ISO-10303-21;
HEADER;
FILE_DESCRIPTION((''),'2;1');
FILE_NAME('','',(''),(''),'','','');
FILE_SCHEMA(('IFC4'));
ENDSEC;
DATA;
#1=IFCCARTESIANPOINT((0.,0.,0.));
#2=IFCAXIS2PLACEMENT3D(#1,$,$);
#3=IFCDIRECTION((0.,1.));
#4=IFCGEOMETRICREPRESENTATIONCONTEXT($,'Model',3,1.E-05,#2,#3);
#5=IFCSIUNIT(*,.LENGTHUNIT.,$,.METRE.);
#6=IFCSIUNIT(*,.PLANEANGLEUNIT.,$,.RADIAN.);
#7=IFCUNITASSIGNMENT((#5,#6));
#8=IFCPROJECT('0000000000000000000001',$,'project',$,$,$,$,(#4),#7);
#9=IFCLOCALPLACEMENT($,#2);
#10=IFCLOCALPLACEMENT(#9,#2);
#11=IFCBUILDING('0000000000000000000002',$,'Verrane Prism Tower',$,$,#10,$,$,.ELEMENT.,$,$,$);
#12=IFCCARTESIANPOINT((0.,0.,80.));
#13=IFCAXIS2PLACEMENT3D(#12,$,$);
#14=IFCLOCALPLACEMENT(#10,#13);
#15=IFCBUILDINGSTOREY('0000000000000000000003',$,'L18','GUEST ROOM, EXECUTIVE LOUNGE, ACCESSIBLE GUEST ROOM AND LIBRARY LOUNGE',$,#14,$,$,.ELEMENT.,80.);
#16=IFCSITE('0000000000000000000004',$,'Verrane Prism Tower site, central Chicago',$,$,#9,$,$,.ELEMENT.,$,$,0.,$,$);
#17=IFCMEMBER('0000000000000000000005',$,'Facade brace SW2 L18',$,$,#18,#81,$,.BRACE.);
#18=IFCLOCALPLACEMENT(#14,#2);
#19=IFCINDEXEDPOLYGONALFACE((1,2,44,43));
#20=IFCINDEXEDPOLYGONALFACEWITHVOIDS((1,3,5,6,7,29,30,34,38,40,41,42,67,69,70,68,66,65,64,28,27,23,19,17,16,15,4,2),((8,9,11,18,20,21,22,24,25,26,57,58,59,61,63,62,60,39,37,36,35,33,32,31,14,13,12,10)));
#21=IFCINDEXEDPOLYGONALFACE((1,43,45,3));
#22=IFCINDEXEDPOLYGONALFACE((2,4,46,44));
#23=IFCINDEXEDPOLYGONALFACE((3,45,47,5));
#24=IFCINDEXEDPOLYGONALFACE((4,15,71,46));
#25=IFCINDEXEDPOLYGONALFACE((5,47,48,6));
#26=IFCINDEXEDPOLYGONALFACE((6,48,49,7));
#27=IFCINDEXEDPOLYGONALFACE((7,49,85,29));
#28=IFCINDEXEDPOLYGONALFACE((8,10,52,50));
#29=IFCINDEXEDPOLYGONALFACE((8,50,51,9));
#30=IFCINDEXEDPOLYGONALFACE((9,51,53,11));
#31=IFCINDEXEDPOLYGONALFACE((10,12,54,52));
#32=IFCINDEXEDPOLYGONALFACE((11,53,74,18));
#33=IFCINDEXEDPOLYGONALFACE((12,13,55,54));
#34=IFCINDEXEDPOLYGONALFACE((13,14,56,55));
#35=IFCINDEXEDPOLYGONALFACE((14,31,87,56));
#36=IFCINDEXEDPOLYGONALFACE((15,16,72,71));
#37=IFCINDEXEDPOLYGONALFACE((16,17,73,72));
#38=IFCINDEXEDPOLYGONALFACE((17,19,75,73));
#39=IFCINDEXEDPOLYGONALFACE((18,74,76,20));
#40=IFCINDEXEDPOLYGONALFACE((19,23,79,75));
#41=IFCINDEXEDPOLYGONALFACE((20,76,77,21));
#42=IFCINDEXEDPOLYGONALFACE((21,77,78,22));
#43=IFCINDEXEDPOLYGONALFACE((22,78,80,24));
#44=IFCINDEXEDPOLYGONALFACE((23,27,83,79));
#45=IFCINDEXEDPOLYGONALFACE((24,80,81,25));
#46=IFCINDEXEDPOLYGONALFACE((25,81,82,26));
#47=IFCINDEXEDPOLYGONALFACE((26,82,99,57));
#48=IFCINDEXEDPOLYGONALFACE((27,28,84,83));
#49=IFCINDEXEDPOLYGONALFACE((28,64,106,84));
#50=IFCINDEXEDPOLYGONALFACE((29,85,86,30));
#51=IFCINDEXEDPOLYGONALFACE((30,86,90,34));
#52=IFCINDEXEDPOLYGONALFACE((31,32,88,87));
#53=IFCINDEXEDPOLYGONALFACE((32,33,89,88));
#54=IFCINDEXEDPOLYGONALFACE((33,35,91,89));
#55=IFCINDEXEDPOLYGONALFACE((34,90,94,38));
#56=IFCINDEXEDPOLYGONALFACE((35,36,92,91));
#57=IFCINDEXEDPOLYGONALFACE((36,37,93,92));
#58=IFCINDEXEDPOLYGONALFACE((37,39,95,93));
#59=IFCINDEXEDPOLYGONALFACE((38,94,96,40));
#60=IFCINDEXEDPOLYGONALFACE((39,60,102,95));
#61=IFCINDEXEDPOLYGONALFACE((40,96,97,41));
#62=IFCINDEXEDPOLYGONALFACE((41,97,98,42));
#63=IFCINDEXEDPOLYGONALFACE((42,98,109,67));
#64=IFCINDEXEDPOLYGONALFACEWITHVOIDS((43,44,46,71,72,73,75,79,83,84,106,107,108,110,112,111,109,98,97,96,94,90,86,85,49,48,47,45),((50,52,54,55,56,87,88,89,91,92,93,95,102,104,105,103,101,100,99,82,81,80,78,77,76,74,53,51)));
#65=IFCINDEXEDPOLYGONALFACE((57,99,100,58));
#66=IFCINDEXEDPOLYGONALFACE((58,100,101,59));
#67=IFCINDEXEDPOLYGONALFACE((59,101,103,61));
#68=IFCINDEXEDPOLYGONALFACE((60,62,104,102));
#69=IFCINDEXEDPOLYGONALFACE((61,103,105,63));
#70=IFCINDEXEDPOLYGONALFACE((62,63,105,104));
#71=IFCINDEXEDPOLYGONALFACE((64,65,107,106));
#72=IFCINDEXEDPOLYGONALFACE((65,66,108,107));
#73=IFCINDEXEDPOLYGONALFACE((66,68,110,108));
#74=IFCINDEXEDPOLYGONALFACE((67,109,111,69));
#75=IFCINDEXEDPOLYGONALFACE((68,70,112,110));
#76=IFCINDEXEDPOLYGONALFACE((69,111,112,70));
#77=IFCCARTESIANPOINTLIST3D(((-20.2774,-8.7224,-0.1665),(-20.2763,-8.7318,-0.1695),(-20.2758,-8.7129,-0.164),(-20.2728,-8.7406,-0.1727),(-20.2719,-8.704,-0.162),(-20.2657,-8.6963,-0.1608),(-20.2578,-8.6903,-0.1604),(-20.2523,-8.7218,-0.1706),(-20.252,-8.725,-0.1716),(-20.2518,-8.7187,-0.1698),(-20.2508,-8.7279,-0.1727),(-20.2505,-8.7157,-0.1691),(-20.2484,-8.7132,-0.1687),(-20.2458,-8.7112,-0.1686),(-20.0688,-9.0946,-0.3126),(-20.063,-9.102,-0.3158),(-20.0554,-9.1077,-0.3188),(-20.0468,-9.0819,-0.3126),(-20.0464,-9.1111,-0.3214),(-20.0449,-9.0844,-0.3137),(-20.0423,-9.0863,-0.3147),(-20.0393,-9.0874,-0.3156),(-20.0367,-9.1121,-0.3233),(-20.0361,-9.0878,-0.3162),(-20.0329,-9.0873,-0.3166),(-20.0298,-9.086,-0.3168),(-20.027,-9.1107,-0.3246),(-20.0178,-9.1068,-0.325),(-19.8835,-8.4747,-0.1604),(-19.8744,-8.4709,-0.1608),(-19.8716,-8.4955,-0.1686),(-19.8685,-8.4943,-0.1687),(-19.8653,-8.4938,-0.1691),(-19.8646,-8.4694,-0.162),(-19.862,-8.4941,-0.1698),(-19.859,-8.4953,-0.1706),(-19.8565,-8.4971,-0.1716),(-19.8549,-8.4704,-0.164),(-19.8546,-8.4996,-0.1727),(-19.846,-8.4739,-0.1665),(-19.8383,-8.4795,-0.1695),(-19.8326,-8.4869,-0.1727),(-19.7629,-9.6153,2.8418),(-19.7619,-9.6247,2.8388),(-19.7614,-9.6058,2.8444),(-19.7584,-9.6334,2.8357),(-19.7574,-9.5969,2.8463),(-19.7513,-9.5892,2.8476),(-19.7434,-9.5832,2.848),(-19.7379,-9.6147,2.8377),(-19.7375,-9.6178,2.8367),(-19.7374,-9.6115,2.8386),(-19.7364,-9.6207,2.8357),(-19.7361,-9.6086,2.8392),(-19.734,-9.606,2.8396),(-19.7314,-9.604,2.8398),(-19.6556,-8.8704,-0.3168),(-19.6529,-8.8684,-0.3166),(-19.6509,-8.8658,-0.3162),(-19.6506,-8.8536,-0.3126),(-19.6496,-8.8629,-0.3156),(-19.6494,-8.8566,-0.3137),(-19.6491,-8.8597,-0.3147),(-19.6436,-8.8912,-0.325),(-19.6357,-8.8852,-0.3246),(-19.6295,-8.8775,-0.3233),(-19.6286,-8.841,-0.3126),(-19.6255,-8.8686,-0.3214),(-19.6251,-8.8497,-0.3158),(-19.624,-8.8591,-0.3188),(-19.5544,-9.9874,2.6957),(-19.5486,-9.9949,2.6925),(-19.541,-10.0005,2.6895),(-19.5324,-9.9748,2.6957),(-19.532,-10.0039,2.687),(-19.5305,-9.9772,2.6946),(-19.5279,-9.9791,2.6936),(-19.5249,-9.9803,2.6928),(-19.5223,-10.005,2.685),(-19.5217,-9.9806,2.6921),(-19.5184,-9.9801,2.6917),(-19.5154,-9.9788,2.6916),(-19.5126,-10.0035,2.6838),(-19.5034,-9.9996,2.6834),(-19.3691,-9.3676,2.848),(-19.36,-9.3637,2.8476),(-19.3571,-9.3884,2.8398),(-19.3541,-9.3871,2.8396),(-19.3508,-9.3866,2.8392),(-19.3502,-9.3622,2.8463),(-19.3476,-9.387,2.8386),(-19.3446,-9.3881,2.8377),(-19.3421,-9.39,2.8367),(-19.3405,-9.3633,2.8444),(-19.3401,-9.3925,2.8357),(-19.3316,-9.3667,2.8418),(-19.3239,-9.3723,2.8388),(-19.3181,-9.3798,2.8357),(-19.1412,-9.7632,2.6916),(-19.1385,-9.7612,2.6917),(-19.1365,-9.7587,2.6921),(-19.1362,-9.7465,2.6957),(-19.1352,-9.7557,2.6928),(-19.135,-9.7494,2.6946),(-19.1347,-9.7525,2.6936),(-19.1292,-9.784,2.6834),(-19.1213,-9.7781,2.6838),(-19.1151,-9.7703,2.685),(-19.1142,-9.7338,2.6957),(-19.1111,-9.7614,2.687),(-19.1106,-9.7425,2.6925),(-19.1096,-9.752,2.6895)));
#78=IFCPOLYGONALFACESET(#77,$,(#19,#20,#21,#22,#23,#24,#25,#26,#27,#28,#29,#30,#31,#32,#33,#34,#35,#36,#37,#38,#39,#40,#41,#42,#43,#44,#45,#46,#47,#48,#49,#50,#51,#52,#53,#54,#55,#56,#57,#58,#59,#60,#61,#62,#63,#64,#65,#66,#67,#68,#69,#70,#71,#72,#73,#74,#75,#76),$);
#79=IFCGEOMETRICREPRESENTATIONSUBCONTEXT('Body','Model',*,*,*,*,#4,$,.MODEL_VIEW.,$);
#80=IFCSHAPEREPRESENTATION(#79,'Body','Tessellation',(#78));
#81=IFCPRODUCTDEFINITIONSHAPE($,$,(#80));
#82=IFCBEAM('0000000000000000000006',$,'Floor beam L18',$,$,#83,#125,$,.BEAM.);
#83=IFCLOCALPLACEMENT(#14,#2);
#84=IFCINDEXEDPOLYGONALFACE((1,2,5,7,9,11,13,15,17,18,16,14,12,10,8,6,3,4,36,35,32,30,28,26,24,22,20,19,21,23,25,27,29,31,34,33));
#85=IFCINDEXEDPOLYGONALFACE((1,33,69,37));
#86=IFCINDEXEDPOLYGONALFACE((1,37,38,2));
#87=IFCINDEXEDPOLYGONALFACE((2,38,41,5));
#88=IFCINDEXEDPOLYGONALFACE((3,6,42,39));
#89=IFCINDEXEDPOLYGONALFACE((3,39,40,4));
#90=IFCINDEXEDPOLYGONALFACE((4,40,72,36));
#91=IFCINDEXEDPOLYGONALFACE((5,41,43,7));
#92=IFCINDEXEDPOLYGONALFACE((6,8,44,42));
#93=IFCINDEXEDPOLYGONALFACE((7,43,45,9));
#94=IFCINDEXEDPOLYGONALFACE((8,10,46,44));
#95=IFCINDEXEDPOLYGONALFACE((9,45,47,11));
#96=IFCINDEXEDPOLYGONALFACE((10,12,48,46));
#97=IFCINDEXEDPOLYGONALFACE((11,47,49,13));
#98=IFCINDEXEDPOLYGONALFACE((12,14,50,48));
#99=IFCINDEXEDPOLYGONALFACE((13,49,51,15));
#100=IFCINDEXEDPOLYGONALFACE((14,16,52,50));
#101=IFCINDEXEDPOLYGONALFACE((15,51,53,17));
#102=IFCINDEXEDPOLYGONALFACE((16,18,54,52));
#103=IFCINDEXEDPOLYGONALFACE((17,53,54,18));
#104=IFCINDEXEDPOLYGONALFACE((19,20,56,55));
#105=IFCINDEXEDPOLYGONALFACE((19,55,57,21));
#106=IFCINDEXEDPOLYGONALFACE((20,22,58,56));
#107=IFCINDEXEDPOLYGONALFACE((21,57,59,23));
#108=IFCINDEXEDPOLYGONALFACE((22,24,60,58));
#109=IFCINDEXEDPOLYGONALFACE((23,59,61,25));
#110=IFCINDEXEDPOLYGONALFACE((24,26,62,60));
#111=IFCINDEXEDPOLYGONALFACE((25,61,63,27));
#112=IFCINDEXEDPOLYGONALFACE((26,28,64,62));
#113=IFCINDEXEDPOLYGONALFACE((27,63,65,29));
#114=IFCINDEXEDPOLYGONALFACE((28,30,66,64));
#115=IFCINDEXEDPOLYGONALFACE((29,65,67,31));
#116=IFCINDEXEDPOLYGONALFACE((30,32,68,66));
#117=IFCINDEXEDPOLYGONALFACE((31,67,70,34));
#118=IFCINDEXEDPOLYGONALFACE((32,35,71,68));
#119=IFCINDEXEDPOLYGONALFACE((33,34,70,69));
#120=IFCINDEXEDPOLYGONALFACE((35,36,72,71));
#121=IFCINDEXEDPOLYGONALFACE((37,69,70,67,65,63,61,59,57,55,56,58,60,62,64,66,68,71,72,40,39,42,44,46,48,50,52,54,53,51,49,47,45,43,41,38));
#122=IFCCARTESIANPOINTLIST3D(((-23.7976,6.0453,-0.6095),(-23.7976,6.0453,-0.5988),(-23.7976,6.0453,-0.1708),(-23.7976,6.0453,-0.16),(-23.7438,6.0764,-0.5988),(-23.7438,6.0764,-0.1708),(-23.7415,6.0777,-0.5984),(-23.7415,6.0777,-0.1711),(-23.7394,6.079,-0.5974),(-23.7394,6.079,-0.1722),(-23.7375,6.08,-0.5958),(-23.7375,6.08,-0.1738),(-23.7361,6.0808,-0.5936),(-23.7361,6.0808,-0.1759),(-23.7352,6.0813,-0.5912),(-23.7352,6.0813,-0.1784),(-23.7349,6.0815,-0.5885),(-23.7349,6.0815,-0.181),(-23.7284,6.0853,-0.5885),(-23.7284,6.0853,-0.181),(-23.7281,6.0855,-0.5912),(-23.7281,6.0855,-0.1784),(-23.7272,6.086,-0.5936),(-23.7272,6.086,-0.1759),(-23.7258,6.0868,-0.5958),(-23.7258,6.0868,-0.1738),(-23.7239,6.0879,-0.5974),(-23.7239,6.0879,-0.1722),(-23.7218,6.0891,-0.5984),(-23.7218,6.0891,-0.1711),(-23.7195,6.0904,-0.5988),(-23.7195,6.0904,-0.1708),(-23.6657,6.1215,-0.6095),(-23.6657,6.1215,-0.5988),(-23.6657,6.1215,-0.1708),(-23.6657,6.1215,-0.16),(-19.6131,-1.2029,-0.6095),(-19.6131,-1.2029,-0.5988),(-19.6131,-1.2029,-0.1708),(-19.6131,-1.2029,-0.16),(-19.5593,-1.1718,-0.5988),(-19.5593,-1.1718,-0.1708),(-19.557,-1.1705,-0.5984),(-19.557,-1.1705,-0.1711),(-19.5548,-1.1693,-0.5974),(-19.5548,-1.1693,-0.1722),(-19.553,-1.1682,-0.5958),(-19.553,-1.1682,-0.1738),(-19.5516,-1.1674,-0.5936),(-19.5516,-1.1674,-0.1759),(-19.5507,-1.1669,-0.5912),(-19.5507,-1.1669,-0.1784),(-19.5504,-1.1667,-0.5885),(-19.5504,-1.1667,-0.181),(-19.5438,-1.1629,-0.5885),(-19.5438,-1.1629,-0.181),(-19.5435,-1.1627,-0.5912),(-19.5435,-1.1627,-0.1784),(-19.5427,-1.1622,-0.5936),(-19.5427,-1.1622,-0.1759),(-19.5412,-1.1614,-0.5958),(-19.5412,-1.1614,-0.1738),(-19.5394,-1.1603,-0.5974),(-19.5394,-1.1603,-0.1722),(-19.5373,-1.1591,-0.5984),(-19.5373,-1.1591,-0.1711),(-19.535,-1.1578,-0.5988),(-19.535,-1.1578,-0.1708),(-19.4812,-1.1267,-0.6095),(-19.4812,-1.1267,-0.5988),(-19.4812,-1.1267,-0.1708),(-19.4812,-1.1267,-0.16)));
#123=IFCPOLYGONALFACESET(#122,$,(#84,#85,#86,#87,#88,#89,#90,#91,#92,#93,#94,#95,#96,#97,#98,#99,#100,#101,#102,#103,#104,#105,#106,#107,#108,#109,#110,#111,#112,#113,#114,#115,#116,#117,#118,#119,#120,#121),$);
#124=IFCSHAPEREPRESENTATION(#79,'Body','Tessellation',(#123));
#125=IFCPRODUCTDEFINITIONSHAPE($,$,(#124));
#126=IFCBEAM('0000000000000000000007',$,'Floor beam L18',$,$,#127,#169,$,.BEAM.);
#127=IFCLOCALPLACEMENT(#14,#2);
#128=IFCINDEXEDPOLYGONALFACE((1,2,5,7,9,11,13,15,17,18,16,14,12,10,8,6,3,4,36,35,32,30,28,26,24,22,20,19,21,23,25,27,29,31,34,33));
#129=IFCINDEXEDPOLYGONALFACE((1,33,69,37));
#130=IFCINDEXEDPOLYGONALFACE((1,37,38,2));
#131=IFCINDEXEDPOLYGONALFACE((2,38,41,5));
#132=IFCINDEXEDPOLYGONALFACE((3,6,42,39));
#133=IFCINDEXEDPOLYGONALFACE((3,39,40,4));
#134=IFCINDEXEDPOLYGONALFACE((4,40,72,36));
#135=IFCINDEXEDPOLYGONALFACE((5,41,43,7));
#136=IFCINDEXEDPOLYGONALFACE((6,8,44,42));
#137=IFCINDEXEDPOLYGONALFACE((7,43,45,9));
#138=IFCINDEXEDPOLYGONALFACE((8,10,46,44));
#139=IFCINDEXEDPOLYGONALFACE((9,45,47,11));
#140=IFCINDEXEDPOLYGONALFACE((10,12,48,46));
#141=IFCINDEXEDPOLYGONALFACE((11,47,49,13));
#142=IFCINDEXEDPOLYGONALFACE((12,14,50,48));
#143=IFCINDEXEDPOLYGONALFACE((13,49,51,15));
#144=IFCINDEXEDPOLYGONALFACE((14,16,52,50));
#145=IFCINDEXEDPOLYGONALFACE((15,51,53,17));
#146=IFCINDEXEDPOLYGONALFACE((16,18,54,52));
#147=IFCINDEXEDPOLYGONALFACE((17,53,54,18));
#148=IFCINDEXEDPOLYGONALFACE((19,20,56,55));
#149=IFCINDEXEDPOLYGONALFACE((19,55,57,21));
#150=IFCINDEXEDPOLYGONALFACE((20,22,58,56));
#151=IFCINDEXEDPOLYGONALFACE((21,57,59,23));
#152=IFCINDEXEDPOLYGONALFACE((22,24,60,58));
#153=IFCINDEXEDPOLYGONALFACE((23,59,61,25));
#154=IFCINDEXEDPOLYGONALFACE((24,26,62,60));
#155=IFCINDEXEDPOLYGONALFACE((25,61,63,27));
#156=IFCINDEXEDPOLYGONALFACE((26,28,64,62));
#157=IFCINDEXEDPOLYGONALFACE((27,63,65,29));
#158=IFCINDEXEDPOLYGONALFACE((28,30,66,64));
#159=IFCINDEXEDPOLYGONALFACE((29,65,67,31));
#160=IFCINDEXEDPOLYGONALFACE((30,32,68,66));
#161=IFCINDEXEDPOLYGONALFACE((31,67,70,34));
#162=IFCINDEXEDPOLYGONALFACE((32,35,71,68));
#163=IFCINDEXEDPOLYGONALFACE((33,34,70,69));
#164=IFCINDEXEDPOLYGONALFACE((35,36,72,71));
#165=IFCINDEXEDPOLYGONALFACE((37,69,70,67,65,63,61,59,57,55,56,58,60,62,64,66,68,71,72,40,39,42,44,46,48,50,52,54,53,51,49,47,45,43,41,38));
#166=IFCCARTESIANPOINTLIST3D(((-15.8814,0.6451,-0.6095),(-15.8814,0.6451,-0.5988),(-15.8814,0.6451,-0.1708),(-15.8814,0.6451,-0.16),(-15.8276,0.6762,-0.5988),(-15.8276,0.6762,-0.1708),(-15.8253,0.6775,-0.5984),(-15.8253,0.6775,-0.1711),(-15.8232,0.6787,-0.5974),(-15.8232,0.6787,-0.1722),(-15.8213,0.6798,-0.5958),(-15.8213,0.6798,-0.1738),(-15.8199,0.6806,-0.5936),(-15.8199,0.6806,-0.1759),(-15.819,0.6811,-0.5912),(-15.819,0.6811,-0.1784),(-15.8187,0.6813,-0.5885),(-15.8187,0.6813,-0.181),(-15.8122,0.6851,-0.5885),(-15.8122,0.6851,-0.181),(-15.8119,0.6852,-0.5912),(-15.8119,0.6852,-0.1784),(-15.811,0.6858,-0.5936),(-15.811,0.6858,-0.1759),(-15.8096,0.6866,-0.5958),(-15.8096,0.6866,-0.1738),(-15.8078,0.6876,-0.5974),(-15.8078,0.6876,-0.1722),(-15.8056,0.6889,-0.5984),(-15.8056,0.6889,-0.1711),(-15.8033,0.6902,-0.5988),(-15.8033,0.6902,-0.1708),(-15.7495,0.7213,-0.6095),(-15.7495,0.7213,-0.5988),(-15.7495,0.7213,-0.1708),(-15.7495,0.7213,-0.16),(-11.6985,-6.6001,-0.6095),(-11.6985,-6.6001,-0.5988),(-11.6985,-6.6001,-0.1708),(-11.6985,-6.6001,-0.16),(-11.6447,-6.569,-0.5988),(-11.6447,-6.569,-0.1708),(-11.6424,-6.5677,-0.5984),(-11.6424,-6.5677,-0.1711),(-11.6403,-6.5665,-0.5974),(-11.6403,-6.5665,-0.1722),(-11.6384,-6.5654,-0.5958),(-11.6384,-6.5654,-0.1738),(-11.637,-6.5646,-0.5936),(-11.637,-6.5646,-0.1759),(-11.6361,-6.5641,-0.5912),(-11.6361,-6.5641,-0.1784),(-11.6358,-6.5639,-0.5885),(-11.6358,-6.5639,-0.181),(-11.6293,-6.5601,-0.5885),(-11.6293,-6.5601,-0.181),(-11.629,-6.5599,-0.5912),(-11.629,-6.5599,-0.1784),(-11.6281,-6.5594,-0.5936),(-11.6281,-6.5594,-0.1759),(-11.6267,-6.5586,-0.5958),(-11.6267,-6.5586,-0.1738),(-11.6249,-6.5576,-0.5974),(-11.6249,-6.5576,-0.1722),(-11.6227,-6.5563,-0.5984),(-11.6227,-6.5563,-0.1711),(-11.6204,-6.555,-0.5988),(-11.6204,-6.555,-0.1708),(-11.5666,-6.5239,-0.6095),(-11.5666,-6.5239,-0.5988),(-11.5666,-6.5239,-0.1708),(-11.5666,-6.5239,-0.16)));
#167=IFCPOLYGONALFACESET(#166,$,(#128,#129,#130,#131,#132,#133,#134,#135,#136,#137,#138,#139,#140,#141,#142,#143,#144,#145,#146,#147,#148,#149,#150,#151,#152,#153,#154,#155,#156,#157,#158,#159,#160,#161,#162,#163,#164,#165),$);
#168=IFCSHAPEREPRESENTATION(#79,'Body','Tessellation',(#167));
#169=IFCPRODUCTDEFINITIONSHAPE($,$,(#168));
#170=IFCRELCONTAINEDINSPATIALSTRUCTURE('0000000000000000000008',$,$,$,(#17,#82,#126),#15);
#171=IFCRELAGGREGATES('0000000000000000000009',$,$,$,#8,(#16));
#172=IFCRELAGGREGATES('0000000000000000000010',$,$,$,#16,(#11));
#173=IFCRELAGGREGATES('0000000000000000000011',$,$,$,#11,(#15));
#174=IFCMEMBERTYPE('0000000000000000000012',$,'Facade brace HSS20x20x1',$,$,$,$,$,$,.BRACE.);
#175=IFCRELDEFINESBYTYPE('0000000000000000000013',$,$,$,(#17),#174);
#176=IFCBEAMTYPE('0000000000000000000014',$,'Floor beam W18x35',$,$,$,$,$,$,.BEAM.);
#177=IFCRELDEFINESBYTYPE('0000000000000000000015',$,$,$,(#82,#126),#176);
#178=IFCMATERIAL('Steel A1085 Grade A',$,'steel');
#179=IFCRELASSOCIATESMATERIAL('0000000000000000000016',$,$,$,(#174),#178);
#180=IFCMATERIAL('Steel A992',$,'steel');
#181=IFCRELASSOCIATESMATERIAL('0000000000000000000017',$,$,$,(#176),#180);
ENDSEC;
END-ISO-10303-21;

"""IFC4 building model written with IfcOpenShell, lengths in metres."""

from ifc_helpers import new_model, si_unit, direction, frame, origin, origin_2d, place, context, subcontext, project, spatial, hollow_rectangle, i_section, extrude, material, material_profile, profile_set, type_object, element, save


model = new_model("IFC4")

# Units and contexts
model_context = context("Model", 3, precision=1e-05, world=origin(), true_north=direction((0.0, 1.0)))
body_context = subcontext(model_context, "Body", "Model", "MODEL_VIEW")
ifc_project = project(units=[si_unit("LENGTHUNIT", "METRE"), si_unit("PLANEANGLEUNIT", "RADIAN")], contexts=[model_context])

# Site, building, storey
site_placement = place(None, origin())
site = spatial("IfcSite", under=ifc_project, at=site_placement, Name="Verrane Prism Tower site, central Chicago", CompositionType="ELEMENT", RefElevation=0.0)
building_placement = place(site_placement, origin())
building = spatial("IfcBuilding", under=site, at=building_placement, Name="Verrane Prism Tower", CompositionType="ELEMENT")
storey_placement = place(building_placement, frame((0.0, 0.0, 80.0)))
storey = spatial("IfcBuildingStorey", under=building, at=storey_placement, Name="L18", Description="GUEST ROOM, EXECUTIVE LOUNGE, ACCESSIBLE GUEST ROOM AND LIBRARY LOUNGE", CompositionType="ELEMENT", Elevation=80.0)

# Member
ifc_material_1 = material(Name="Steel A1085 Grade A", Category="steel")
ifc_material_profile_1 = material_profile(ifc_material_1, hollow_rectangle(XDim=0.5081, YDim=0.5081, WallThickness=0.0254, InnerFilletRadius=0.0127, OuterFilletRadius=0.0381, at=origin_2d()), Name="HSS20x20x1")
ifc_profile_set_1 = profile_set([ifc_material_profile_1], Name="Steel A1085 Grade A")
member_type_1 = type_object("IfcMemberType", Name="Facade brace HSS20x20x1", PredefinedType="BRACE", material=ifc_profile_set_1)
member_1_placement = place(storey_placement, frame((-19.9507, -8.7908, -0.2427), z_axis=(0.161769, -0.280773, 0.946043), x_axis=(0.866473, 0.499223, 0.0)))
element("IfcMember", 1, at=member_1_placement, inside=storey, type_object=member_type_1, Name="Facade brace SW2 L18", PredefinedType="BRACE", context=body_context, shape_type="SweptSolid", body=[
    extrude(hollow_rectangle(XDim=0.5081, YDim=0.5081, WallThickness=0.0254, InnerFilletRadius=0.0127, OuterFilletRadius=0.0381, at=origin_2d()), origin(), (0.0, 0.0, 1.0), 3.1799),
])

# Beams
ifc_material_2 = material(Name="Steel A992", Category="steel")
ifc_material_profile_2 = material_profile(ifc_material_2, i_section(OverallWidth=0.1523, OverallDepth=0.4495, WebThickness=0.0076, FlangeThickness=0.0107, FilletRadius=0.0103, at=origin_2d()), Name="W18x35")
ifc_profile_set_2 = profile_set([ifc_material_profile_2], Name="Steel A992")
beam_type_1 = type_object("IfcBeamType", Name="Floor beam W18x35", PredefinedType="BEAM", material=ifc_profile_set_2)
beam_1_placement = place(storey_placement, frame((-19.5471, -1.1648, -0.3848), z_axis=(-0.499979, 0.866037, 0.0), x_axis=(-0.866037, -0.499979, 0.0)))
element("IfcBeam", 2, at=beam_1_placement, inside=storey, type_object=beam_type_1, Name="Floor beam L18", PredefinedType="BEAM", context=body_context, shape_type="SweptSolid", body=[
    extrude(i_section(OverallWidth=0.1523, OverallDepth=0.4495, WebThickness=0.0076, FlangeThickness=0.0107, FilletRadius=0.0103, at=origin_2d()), origin(), (0.0, 0.0, 1.0), 8.3694),
])
beam_2_placement = place(storey_placement, frame((-11.6326, -6.562, -0.3848), z_axis=(-0.49999, 0.866031, 0.0), x_axis=(-0.866031, -0.49999, 0.0)))
element("IfcBeam", 3, at=beam_2_placement, inside=storey, type_object=beam_type_1, Name="Floor beam L18", PredefinedType="BEAM", context=body_context, shape_type="SweptSolid", body=[
    extrude(i_section(OverallWidth=0.1523, OverallDepth=0.4495, WebThickness=0.0076, FlangeThickness=0.0107, FilletRadius=0.0103, at=origin_2d()), origin(), (0.0, 0.0, 1.0), 8.366),
])

save(model, "model.ifc")
